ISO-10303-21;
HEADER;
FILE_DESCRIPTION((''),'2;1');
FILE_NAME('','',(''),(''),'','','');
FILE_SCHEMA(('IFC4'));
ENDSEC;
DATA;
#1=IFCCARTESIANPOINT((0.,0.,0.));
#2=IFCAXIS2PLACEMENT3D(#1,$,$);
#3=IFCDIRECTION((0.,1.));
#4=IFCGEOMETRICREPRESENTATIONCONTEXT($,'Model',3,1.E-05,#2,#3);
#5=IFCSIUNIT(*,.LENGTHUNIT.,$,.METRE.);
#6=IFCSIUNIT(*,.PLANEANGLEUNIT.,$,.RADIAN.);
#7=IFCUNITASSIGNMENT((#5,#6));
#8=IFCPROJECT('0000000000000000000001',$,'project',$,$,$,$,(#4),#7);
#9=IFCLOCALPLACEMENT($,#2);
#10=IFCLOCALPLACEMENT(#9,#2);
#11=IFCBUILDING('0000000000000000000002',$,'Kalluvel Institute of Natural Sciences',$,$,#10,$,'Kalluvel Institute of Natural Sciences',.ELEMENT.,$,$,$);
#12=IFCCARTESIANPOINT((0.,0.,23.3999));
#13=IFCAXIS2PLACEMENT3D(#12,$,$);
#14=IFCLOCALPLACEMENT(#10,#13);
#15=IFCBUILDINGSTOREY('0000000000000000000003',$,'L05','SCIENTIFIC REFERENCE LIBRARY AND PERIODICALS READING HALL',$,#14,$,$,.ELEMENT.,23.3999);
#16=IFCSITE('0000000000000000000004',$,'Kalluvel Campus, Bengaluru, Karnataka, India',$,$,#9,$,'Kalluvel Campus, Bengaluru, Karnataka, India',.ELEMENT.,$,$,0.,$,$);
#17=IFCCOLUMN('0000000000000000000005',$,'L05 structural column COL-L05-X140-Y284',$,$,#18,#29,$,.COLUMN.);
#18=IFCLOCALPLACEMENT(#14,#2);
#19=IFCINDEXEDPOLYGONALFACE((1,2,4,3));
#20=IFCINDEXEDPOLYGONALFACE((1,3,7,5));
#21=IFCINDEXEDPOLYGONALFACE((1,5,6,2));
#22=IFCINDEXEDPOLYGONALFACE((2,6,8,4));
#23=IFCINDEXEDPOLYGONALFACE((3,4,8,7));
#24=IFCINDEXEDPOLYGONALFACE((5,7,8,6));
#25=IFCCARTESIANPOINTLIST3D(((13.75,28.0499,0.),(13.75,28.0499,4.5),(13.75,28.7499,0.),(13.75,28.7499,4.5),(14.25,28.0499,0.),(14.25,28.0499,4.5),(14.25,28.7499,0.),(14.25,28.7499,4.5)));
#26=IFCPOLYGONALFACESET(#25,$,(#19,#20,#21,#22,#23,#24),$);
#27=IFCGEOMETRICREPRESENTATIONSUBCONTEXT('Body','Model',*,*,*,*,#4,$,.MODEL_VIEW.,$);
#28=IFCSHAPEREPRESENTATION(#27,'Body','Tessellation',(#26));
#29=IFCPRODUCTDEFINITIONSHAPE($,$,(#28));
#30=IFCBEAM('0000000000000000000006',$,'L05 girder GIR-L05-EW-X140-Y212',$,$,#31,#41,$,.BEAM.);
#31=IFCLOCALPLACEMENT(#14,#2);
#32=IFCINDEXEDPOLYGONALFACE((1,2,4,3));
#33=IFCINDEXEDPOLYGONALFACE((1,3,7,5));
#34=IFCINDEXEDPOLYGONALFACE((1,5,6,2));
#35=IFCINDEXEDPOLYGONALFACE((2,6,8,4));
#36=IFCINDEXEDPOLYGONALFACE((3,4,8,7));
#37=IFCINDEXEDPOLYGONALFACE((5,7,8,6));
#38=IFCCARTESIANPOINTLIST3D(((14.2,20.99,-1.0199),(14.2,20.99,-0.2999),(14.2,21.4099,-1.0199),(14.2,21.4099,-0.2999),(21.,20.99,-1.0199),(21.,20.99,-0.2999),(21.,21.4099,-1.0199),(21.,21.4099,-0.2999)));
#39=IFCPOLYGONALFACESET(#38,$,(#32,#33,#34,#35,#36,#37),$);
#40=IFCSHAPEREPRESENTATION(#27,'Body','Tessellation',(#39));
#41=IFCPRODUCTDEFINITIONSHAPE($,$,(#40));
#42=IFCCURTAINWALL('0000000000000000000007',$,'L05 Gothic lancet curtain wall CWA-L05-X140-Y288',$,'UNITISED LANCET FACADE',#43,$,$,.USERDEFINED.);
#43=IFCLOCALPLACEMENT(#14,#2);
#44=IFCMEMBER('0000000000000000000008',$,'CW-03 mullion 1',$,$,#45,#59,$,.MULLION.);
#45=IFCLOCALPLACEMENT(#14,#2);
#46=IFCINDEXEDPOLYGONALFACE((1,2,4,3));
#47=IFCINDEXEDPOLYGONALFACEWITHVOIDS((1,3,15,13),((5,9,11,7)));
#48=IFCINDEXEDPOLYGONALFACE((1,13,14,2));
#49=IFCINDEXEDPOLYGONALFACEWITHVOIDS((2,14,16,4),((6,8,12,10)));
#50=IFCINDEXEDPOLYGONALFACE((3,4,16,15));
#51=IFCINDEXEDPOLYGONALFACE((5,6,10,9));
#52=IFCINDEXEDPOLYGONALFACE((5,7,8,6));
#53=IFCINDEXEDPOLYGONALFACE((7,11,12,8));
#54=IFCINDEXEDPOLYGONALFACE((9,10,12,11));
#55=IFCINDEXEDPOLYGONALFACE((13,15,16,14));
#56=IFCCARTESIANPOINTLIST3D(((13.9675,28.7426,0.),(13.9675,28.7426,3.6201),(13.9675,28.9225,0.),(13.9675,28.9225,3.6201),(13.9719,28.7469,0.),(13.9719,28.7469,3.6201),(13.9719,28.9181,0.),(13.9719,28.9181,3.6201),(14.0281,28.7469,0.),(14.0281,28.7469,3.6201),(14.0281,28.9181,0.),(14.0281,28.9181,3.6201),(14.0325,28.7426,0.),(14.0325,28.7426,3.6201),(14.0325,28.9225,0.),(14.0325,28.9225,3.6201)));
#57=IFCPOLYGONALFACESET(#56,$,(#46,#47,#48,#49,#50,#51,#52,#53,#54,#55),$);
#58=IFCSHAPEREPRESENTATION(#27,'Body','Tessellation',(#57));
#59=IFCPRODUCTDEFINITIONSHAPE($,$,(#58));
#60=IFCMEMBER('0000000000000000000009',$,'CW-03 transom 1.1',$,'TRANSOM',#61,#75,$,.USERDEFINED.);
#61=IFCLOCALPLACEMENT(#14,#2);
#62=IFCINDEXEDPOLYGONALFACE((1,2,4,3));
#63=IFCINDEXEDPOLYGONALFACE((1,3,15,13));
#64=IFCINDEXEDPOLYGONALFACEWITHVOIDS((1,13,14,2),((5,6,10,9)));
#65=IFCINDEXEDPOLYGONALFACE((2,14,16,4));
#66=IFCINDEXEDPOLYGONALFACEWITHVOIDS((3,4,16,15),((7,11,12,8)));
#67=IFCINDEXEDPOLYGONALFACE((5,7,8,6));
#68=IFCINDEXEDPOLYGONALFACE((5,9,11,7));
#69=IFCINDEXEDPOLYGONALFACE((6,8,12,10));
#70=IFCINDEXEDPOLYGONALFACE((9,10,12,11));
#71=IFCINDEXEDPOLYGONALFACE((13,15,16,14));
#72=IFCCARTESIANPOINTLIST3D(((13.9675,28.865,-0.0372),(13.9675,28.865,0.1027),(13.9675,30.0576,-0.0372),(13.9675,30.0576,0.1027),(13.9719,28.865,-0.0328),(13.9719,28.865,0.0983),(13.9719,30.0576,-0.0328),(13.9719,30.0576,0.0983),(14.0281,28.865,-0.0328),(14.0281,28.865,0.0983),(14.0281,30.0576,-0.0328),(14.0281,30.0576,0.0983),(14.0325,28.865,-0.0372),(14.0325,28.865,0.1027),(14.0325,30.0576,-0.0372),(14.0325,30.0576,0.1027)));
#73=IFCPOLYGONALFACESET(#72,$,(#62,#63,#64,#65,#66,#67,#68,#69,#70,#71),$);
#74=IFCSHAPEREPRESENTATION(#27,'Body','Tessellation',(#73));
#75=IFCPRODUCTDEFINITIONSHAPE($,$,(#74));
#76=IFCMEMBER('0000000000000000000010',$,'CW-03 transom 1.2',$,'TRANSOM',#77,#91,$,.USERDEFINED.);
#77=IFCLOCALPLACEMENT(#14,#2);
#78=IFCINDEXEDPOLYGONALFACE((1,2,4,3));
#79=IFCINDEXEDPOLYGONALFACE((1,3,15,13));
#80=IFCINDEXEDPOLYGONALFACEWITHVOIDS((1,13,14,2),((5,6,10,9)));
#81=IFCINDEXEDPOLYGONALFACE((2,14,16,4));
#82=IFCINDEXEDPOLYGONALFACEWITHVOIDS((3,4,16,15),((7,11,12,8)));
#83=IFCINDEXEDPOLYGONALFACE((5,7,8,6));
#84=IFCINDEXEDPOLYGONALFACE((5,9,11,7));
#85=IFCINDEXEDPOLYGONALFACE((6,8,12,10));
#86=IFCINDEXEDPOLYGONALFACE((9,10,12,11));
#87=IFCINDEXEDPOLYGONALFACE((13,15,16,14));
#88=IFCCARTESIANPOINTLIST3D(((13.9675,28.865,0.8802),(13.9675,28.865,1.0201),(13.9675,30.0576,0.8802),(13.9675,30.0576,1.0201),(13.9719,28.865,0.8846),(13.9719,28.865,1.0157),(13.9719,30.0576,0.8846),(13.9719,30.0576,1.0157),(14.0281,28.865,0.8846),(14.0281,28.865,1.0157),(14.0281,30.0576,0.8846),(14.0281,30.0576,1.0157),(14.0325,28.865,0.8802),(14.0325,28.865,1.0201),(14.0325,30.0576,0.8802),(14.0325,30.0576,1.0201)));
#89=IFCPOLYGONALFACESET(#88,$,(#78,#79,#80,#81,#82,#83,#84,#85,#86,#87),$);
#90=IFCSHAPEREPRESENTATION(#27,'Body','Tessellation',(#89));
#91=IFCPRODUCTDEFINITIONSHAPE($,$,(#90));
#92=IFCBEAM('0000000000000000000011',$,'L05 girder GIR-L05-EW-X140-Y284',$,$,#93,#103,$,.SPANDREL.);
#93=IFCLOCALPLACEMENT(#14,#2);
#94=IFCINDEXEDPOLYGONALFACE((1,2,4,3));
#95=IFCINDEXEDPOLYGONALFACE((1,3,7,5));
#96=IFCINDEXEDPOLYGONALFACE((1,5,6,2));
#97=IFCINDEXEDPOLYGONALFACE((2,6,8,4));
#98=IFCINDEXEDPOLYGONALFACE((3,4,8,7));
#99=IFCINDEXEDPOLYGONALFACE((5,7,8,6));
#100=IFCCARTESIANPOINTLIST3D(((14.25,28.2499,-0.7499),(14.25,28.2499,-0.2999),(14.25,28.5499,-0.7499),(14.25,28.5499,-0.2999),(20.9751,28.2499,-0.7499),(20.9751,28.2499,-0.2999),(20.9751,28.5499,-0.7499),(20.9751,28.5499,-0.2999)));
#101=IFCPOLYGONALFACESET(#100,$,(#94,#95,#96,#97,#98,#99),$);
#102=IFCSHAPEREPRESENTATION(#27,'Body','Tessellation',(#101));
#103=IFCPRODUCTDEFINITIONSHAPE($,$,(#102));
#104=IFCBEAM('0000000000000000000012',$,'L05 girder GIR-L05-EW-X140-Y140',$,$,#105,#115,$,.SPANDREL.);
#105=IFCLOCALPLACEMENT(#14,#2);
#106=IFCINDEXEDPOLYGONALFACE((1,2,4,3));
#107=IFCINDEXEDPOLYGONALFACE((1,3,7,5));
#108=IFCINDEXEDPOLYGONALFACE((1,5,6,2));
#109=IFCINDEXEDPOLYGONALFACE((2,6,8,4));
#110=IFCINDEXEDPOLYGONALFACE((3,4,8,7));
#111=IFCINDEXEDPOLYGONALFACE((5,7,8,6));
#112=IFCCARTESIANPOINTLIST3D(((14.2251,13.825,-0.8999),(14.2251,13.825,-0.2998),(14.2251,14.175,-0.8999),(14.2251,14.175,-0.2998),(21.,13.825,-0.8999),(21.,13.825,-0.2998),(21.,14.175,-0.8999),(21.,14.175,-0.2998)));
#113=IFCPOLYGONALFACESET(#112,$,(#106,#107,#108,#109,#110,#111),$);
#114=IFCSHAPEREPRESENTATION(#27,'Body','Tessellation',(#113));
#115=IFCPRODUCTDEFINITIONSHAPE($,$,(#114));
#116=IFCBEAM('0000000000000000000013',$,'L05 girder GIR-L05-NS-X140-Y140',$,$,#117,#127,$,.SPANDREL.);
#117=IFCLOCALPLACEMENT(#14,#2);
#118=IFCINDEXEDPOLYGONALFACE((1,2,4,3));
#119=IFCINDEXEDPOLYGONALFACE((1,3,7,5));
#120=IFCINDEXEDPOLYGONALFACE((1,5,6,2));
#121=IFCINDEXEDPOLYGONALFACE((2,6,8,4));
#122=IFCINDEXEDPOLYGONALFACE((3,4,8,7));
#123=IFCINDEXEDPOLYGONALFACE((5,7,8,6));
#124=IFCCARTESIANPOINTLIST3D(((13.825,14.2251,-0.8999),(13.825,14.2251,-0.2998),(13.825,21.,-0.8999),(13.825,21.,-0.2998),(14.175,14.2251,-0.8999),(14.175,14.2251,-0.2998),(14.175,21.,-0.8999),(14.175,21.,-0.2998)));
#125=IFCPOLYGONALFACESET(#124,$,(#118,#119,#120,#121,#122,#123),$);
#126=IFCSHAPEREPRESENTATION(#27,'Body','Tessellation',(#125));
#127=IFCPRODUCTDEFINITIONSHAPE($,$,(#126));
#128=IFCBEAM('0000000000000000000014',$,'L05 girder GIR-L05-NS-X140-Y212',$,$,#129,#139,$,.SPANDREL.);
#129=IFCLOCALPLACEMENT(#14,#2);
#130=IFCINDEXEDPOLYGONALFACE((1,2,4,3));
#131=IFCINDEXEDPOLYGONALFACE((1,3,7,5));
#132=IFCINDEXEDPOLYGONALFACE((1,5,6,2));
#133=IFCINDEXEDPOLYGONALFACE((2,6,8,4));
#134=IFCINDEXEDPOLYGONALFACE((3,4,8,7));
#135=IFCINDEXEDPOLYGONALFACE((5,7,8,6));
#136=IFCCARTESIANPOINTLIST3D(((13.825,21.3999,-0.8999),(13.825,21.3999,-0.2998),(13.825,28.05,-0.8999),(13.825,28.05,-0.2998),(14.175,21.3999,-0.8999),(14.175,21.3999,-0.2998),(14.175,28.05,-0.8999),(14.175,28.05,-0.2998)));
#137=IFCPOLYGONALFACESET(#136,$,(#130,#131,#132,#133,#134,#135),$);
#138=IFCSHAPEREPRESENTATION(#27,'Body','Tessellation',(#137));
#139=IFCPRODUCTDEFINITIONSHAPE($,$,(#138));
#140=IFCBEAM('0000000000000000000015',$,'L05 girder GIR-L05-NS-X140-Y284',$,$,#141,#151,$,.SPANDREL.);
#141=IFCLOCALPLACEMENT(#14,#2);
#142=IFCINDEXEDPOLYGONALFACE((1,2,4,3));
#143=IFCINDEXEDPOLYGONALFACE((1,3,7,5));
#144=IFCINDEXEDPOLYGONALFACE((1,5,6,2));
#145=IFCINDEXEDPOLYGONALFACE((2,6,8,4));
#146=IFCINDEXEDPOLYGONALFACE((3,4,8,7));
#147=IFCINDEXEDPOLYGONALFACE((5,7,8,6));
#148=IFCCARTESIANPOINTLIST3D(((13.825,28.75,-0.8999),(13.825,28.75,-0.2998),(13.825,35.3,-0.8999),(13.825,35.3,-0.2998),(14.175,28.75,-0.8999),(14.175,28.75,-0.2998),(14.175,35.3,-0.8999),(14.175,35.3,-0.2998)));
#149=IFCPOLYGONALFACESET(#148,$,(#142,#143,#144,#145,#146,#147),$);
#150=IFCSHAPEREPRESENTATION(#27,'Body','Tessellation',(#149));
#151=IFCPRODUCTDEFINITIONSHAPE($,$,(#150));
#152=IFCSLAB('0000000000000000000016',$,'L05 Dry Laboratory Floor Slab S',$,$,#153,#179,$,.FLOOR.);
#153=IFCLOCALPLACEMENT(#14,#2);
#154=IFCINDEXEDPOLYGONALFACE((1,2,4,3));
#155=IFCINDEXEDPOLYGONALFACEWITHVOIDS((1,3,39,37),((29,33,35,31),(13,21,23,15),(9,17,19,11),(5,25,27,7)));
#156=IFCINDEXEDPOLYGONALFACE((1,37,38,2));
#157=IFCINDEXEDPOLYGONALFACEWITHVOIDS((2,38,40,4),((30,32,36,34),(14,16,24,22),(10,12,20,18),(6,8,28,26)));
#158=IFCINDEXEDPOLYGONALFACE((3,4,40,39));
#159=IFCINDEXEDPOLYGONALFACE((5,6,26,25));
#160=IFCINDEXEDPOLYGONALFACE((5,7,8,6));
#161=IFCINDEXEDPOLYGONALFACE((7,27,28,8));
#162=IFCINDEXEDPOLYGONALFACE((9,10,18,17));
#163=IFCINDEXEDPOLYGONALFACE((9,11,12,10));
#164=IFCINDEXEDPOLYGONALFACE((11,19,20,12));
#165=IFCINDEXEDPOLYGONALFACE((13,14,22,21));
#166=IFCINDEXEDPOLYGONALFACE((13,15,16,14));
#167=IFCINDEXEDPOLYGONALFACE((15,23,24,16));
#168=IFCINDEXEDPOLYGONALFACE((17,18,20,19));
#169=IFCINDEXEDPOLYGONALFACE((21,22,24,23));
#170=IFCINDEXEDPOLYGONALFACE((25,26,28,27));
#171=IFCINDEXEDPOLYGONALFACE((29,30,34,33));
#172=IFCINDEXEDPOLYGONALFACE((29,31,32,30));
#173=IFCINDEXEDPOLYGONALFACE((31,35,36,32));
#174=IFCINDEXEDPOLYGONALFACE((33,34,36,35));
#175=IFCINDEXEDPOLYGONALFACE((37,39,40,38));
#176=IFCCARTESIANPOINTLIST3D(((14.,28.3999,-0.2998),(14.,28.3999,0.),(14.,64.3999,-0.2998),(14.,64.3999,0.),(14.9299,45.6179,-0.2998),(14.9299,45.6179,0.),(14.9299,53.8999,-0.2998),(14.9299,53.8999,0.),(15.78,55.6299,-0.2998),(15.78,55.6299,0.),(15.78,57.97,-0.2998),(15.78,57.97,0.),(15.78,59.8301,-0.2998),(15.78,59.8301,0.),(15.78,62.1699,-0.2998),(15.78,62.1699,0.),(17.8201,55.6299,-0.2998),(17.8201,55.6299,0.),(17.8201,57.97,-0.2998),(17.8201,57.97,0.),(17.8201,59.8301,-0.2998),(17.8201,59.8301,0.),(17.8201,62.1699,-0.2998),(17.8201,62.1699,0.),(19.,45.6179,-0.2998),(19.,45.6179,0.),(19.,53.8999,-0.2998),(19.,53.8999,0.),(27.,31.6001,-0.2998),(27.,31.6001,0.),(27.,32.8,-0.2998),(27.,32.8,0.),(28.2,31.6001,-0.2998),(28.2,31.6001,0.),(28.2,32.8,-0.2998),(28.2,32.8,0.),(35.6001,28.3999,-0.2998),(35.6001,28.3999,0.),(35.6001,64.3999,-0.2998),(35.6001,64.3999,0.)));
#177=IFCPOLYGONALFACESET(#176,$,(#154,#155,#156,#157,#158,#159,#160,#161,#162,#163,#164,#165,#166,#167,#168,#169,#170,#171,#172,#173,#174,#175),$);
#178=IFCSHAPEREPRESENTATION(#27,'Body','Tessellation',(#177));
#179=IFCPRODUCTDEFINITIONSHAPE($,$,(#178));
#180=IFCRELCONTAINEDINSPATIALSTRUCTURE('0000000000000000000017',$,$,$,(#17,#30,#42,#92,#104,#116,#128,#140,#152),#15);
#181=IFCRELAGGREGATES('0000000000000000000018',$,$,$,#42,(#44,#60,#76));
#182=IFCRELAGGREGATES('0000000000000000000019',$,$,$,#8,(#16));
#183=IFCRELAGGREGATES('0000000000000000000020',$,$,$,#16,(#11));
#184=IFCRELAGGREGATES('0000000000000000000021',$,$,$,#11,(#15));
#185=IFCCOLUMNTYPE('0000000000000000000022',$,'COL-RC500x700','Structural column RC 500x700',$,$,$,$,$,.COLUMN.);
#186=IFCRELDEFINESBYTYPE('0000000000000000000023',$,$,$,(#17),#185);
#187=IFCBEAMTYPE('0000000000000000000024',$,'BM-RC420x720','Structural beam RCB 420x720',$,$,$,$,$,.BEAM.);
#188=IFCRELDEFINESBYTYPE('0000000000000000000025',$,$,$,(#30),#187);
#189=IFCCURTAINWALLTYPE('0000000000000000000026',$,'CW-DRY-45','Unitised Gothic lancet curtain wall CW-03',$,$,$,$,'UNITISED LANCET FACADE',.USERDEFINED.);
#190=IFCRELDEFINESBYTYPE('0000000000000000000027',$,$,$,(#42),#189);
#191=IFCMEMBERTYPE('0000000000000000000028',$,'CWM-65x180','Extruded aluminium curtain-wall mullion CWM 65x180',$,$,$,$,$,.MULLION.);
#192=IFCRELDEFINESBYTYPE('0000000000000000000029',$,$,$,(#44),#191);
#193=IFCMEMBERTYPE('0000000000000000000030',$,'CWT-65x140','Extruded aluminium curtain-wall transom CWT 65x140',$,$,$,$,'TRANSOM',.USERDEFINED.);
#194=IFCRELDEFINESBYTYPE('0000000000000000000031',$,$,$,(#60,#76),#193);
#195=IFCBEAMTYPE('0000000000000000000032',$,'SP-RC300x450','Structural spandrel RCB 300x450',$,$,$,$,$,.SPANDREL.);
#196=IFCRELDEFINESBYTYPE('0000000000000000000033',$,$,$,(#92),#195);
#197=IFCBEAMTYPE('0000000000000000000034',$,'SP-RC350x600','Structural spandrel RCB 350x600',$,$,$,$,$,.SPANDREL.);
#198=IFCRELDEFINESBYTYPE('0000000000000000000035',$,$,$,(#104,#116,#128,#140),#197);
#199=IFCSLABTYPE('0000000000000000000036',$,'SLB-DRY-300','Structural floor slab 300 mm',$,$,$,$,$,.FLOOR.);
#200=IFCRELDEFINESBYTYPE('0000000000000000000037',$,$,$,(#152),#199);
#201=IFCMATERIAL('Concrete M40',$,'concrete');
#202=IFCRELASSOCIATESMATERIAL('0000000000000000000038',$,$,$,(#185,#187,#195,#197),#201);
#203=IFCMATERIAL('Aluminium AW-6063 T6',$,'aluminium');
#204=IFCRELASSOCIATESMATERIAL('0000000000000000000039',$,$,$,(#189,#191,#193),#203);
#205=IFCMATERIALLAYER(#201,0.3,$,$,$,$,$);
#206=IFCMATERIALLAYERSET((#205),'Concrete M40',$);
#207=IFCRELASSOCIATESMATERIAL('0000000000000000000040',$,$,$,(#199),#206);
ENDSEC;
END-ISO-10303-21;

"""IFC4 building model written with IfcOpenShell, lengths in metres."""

from ifc_helpers import new_model, si_unit, direction, frame, origin, origin_2d, place, context, subcontext, project, spatial, polyline, rectangle, hollow_rectangle, outline, extrude, material, layer, layer_set, material_profile, profile_set, type_object, element, aggregate, save


model = new_model("IFC4")

# Units and contexts
model_context = context("Model", 3, precision=1e-05, world=origin(), true_north=direction((0.0, 1.0)))
body_context = subcontext(model_context, "Body", "Model", "MODEL_VIEW")
ifc_project = project(units=[si_unit("LENGTHUNIT", "METRE"), si_unit("PLANEANGLEUNIT", "RADIAN")], contexts=[model_context])

# Site, building, storey
site_placement = place(None, origin())
site = spatial("IfcSite", under=ifc_project, at=site_placement, Name="Kalluvel Campus, Bengaluru, Karnataka, India", LongName="Kalluvel Campus, Bengaluru, Karnataka, India", CompositionType="ELEMENT", RefElevation=0.0)
building_placement = place(site_placement, origin())
building = spatial("IfcBuilding", under=site, at=building_placement, Name="Kalluvel Institute of Natural Sciences", LongName="Kalluvel Institute of Natural Sciences", CompositionType="ELEMENT")
storey_placement = place(building_placement, frame((0.0, 0.0, 23.3999)))
storey = spatial("IfcBuildingStorey", under=building, at=storey_placement, Name="L05", Description="SCIENTIFIC REFERENCE LIBRARY AND PERIODICALS READING HALL", CompositionType="ELEMENT", Elevation=23.3999)

# Column
ifc_material_1 = material(Name="Concrete M40", Category="concrete")
ifc_material_profile_1 = material_profile(ifc_material_1, rectangle(XDim=0.5, YDim=0.7, at=origin_2d()), Name="RC 500x700")
ifc_profile_set_1 = profile_set([ifc_material_profile_1], Name="Concrete M40")
column_type = type_object("IfcColumnType", Name="COL-RC500x700", Description="Structural column RC 500x700", PredefinedType="COLUMN", material=ifc_profile_set_1)
column_placement = place(storey_placement, frame((14.0, 28.3999, 0.0), z_axis=(0.0, 0.0, 1.0), x_axis=(1.0, 0.0, 0.0)))
element("IfcColumn", 1, at=column_placement, inside=storey, type_object=column_type, Name="L05 structural column COL-L05-X140-Y284", PredefinedType="COLUMN", context=body_context, shape_type="SweptSolid", body=[
    extrude(rectangle(XDim=0.5, YDim=0.7, at=origin_2d()), origin(), (0.0, 0.0, 1.0), 4.5),
])

# Beam
ifc_material_profile_2 = material_profile(ifc_material_1, rectangle(XDim=0.4199, YDim=0.72, at=origin_2d()), Name="RCB 420x720")
ifc_profile_set_2 = profile_set([ifc_material_profile_2], Name="Concrete M40")
beam_type_1 = type_object("IfcBeamType", Name="BM-RC420x720", Description="Structural beam RCB 420x720", PredefinedType="BEAM", material=ifc_profile_set_2)
beam_1_placement = place(storey_placement, frame((14.2, 21.2, -0.6599), z_axis=(1.0, 0.0, 0.0), x_axis=(0.0, 1.0, 0.0)))
element("IfcBeam", 2, at=beam_1_placement, inside=storey, type_object=beam_type_1, Name="L05 girder GIR-L05-EW-X140-Y212", PredefinedType="BEAM", context=body_context, shape_type="SweptSolid", body=[
    extrude(rectangle(XDim=0.4199, YDim=0.72, at=origin_2d()), origin(), (0.0, 0.0, 1.0), 6.8),
])

# Curtain wall, members
ifc_material_2 = material(Name="Aluminium AW-6063 T6", Category="aluminium")
curtain_wall_type = type_object("IfcCurtainWallType", Name="CW-DRY-45", Description="Unitised Gothic lancet curtain wall CW-03", ElementType="UNITISED LANCET FACADE", PredefinedType="USERDEFINED", material=ifc_material_2)
curtain_wall_placement = place(storey_placement, origin())
curtain_wall = element("IfcCurtainWall", 3, at=curtain_wall_placement, inside=storey, type_object=curtain_wall_type, Name="L05 Gothic lancet curtain wall CWA-L05-X140-Y288", ObjectType="UNITISED LANCET FACADE", PredefinedType="USERDEFINED")
ifc_material_profile_3 = material_profile(ifc_material_2, hollow_rectangle(XDim=0.0649, YDim=0.1799, WallThickness=0.0044, at=origin_2d()), Name="CWM 65x180")
ifc_profile_set_3 = profile_set([ifc_material_profile_3], Name="Aluminium AW-6063 T6")
member_type_1 = type_object("IfcMemberType", Name="CWM-65x180", Description="Extruded aluminium curtain-wall mullion CWM 65x180", PredefinedType="MULLION", material=ifc_profile_set_3)
member_1_placement = place(storey_placement, frame((14.0, 28.8325, 0.0), z_axis=(0.0, 0.0, 1.0), x_axis=(-1.0, 0.0, 0.0)))
member_1 = element("IfcMember", 4, at=member_1_placement, type_object=member_type_1, Name="CW-03 mullion 1", PredefinedType="MULLION", context=body_context, shape_type="SweptSolid", body=[
    extrude(hollow_rectangle(XDim=0.0649, YDim=0.1799, WallThickness=0.0044, at=origin_2d()), origin(), (0.0, 0.0, 1.0), 3.6201),
])
ifc_material_profile_4 = material_profile(ifc_material_2, hollow_rectangle(XDim=0.0649, YDim=0.1399, WallThickness=0.0044, at=origin_2d()), Name="CWT 65x140")
ifc_profile_set_4 = profile_set([ifc_material_profile_4], Name="Aluminium AW-6063 T6")
member_type_2 = type_object("IfcMemberType", Name="CWT-65x140", Description="Extruded aluminium curtain-wall transom CWT 65x140", ElementType="TRANSOM", PredefinedType="USERDEFINED", material=ifc_profile_set_4)
member_2_placement = place(storey_placement, frame((14.0, 28.865, 0.0327), z_axis=(0.0, 1.0, 0.0), x_axis=(-1.0, 0.0, 0.0)))
member_2 = element("IfcMember", 5, at=member_2_placement, type_object=member_type_2, Name="CW-03 transom 1.1", ObjectType="TRANSOM", PredefinedType="USERDEFINED", context=body_context, shape_type="SweptSolid", body=[
    extrude(hollow_rectangle(XDim=0.0649, YDim=0.1399, WallThickness=0.0044, at=origin_2d()), origin(), (0.0, 0.0, 1.0), 1.1926),
])
member_3_placement = place(storey_placement, frame((14.0, 28.865, 0.9502), z_axis=(0.0, 1.0, 0.0), x_axis=(-1.0, 0.0, 0.0)))
member_3 = element("IfcMember", 6, at=member_3_placement, type_object=member_type_2, Name="CW-03 transom 1.2", ObjectType="TRANSOM", PredefinedType="USERDEFINED", context=body_context, shape_type="SweptSolid", body=[
    extrude(hollow_rectangle(XDim=0.0649, YDim=0.1399, WallThickness=0.0044, at=origin_2d()), origin(), (0.0, 0.0, 1.0), 1.1926),
])
aggregate(curtain_wall, [member_1, member_2, member_3])

# Beams
ifc_material_profile_5 = material_profile(ifc_material_1, rectangle(XDim=0.3, YDim=0.45, at=origin_2d()), Name="RCB 300x450")
ifc_profile_set_5 = profile_set([ifc_material_profile_5], Name="Concrete M40")
beam_type_2 = type_object("IfcBeamType", Name="SP-RC300x450", Description="Structural spandrel RCB 300x450", PredefinedType="SPANDREL", material=ifc_profile_set_5)
beam_2_placement = place(storey_placement, frame((14.25, 28.3999, -0.5249), z_axis=(1.0, 0.0, 0.0), x_axis=(0.0, 1.0, 0.0)))
element("IfcBeam", 7, at=beam_2_placement, inside=storey, type_object=beam_type_2, Name="L05 girder GIR-L05-EW-X140-Y284", PredefinedType="SPANDREL", context=body_context, shape_type="SweptSolid", body=[
    extrude(rectangle(XDim=0.3, YDim=0.45, at=origin_2d()), origin(), (0.0, 0.0, 1.0), 6.7251),
])
ifc_material_profile_6 = material_profile(ifc_material_1, rectangle(XDim=0.3501, YDim=0.6001, at=origin_2d()), Name="RCB 350x600")
ifc_profile_set_6 = profile_set([ifc_material_profile_6], Name="Concrete M40")
beam_type_3 = type_object("IfcBeamType", Name="SP-RC350x600", Description="Structural spandrel RCB 350x600", PredefinedType="SPANDREL", material=ifc_profile_set_6)
for number, where, z_axis, x_axis, name in (
    (8, (14.2251, 14.0, -0.5999), (1.0, 0.0, 0.0), (0.0, 1.0, 0.0), "L05 girder GIR-L05-EW-X140-Y140"),
    (9, (14.0, 14.2251, -0.5999), (0.0, 1.0, 0.0), (-1.0, 0.0, 0.0), "L05 girder GIR-L05-NS-X140-Y140"),
):
    element("IfcBeam", number, at=place(storey_placement, frame(where, z_axis=z_axis, x_axis=x_axis)), inside=storey, type_object=beam_type_3, Name=name, PredefinedType="SPANDREL", context=body_context, shape_type="SweptSolid", body=[
        extrude(rectangle(XDim=0.3501, YDim=0.6001, at=origin_2d()), origin(), (0.0, 0.0, 1.0), 6.7749),
    ])
beam_3_placement = place(storey_placement, frame((14.0, 21.3999, -0.5999), z_axis=(0.0, 1.0, 0.0), x_axis=(-1.0, 0.0, 0.0)))
element("IfcBeam", 10, at=beam_3_placement, inside=storey, type_object=beam_type_3, Name="L05 girder GIR-L05-NS-X140-Y212", PredefinedType="SPANDREL", context=body_context, shape_type="SweptSolid", body=[
    extrude(rectangle(XDim=0.3501, YDim=0.6001, at=origin_2d()), origin(), (0.0, 0.0, 1.0), 6.6501),
])
beam_4_placement = place(storey_placement, frame((14.0, 28.75, -0.5999), z_axis=(0.0, 1.0, 0.0), x_axis=(-1.0, 0.0, 0.0)))
element("IfcBeam", 11, at=beam_4_placement, inside=storey, type_object=beam_type_3, Name="L05 girder GIR-L05-NS-X140-Y284", PredefinedType="SPANDREL", context=body_context, shape_type="SweptSolid", body=[
    extrude(rectangle(XDim=0.3501, YDim=0.6001, at=origin_2d()), origin(), (0.0, 0.0, 1.0), 6.55),
])

# Slab
ifc_layer_1 = layer(ifc_material_1, 0.3)
ifc_layer_set_1 = layer_set([ifc_layer_1], Name="Concrete M40")
slab_type_1 = type_object("IfcSlabType", Name="SLB-DRY-300", Description="Structural floor slab 300 mm", PredefinedType="FLOOR", material=ifc_layer_set_1)
slab_1_placement = place(storey_placement, frame((0.0, 0.0, -0.2998)))
element("IfcSlab", 12, at=slab_1_placement, inside=storey, type_object=slab_type_1, Name="L05 Dry Laboratory Floor Slab S", PredefinedType="FLOOR", context=body_context, shape_type="SweptSolid", body=[
    extrude(outline(polyline([(14.0, 28.3999), (35.6001, 28.3999), (35.6001, 64.3999), (14.0, 64.3999), (14.0, 28.3999)]), holes=[polyline([(28.2, 32.8), (28.2, 31.6001), (27.0, 31.6001), (27.0, 32.8), (28.2, 32.8)]), polyline([(14.9299, 53.8999), (19.0, 53.8999), (19.0, 45.6179), (14.9299, 45.6179), (14.9299, 53.8999)]), polyline([(17.8201, 57.97), (17.8201, 55.6299), (15.78, 55.6299), (15.78, 57.97), (17.8201, 57.97)]), polyline([(17.8201, 62.1699), (17.8201, 59.8301), (15.78, 59.8301), (15.78, 62.1699), (17.8201, 62.1699)])]), origin(), (0.0, 0.0, 1.0), 0.2998),
])

save(model, "model.ifc")
